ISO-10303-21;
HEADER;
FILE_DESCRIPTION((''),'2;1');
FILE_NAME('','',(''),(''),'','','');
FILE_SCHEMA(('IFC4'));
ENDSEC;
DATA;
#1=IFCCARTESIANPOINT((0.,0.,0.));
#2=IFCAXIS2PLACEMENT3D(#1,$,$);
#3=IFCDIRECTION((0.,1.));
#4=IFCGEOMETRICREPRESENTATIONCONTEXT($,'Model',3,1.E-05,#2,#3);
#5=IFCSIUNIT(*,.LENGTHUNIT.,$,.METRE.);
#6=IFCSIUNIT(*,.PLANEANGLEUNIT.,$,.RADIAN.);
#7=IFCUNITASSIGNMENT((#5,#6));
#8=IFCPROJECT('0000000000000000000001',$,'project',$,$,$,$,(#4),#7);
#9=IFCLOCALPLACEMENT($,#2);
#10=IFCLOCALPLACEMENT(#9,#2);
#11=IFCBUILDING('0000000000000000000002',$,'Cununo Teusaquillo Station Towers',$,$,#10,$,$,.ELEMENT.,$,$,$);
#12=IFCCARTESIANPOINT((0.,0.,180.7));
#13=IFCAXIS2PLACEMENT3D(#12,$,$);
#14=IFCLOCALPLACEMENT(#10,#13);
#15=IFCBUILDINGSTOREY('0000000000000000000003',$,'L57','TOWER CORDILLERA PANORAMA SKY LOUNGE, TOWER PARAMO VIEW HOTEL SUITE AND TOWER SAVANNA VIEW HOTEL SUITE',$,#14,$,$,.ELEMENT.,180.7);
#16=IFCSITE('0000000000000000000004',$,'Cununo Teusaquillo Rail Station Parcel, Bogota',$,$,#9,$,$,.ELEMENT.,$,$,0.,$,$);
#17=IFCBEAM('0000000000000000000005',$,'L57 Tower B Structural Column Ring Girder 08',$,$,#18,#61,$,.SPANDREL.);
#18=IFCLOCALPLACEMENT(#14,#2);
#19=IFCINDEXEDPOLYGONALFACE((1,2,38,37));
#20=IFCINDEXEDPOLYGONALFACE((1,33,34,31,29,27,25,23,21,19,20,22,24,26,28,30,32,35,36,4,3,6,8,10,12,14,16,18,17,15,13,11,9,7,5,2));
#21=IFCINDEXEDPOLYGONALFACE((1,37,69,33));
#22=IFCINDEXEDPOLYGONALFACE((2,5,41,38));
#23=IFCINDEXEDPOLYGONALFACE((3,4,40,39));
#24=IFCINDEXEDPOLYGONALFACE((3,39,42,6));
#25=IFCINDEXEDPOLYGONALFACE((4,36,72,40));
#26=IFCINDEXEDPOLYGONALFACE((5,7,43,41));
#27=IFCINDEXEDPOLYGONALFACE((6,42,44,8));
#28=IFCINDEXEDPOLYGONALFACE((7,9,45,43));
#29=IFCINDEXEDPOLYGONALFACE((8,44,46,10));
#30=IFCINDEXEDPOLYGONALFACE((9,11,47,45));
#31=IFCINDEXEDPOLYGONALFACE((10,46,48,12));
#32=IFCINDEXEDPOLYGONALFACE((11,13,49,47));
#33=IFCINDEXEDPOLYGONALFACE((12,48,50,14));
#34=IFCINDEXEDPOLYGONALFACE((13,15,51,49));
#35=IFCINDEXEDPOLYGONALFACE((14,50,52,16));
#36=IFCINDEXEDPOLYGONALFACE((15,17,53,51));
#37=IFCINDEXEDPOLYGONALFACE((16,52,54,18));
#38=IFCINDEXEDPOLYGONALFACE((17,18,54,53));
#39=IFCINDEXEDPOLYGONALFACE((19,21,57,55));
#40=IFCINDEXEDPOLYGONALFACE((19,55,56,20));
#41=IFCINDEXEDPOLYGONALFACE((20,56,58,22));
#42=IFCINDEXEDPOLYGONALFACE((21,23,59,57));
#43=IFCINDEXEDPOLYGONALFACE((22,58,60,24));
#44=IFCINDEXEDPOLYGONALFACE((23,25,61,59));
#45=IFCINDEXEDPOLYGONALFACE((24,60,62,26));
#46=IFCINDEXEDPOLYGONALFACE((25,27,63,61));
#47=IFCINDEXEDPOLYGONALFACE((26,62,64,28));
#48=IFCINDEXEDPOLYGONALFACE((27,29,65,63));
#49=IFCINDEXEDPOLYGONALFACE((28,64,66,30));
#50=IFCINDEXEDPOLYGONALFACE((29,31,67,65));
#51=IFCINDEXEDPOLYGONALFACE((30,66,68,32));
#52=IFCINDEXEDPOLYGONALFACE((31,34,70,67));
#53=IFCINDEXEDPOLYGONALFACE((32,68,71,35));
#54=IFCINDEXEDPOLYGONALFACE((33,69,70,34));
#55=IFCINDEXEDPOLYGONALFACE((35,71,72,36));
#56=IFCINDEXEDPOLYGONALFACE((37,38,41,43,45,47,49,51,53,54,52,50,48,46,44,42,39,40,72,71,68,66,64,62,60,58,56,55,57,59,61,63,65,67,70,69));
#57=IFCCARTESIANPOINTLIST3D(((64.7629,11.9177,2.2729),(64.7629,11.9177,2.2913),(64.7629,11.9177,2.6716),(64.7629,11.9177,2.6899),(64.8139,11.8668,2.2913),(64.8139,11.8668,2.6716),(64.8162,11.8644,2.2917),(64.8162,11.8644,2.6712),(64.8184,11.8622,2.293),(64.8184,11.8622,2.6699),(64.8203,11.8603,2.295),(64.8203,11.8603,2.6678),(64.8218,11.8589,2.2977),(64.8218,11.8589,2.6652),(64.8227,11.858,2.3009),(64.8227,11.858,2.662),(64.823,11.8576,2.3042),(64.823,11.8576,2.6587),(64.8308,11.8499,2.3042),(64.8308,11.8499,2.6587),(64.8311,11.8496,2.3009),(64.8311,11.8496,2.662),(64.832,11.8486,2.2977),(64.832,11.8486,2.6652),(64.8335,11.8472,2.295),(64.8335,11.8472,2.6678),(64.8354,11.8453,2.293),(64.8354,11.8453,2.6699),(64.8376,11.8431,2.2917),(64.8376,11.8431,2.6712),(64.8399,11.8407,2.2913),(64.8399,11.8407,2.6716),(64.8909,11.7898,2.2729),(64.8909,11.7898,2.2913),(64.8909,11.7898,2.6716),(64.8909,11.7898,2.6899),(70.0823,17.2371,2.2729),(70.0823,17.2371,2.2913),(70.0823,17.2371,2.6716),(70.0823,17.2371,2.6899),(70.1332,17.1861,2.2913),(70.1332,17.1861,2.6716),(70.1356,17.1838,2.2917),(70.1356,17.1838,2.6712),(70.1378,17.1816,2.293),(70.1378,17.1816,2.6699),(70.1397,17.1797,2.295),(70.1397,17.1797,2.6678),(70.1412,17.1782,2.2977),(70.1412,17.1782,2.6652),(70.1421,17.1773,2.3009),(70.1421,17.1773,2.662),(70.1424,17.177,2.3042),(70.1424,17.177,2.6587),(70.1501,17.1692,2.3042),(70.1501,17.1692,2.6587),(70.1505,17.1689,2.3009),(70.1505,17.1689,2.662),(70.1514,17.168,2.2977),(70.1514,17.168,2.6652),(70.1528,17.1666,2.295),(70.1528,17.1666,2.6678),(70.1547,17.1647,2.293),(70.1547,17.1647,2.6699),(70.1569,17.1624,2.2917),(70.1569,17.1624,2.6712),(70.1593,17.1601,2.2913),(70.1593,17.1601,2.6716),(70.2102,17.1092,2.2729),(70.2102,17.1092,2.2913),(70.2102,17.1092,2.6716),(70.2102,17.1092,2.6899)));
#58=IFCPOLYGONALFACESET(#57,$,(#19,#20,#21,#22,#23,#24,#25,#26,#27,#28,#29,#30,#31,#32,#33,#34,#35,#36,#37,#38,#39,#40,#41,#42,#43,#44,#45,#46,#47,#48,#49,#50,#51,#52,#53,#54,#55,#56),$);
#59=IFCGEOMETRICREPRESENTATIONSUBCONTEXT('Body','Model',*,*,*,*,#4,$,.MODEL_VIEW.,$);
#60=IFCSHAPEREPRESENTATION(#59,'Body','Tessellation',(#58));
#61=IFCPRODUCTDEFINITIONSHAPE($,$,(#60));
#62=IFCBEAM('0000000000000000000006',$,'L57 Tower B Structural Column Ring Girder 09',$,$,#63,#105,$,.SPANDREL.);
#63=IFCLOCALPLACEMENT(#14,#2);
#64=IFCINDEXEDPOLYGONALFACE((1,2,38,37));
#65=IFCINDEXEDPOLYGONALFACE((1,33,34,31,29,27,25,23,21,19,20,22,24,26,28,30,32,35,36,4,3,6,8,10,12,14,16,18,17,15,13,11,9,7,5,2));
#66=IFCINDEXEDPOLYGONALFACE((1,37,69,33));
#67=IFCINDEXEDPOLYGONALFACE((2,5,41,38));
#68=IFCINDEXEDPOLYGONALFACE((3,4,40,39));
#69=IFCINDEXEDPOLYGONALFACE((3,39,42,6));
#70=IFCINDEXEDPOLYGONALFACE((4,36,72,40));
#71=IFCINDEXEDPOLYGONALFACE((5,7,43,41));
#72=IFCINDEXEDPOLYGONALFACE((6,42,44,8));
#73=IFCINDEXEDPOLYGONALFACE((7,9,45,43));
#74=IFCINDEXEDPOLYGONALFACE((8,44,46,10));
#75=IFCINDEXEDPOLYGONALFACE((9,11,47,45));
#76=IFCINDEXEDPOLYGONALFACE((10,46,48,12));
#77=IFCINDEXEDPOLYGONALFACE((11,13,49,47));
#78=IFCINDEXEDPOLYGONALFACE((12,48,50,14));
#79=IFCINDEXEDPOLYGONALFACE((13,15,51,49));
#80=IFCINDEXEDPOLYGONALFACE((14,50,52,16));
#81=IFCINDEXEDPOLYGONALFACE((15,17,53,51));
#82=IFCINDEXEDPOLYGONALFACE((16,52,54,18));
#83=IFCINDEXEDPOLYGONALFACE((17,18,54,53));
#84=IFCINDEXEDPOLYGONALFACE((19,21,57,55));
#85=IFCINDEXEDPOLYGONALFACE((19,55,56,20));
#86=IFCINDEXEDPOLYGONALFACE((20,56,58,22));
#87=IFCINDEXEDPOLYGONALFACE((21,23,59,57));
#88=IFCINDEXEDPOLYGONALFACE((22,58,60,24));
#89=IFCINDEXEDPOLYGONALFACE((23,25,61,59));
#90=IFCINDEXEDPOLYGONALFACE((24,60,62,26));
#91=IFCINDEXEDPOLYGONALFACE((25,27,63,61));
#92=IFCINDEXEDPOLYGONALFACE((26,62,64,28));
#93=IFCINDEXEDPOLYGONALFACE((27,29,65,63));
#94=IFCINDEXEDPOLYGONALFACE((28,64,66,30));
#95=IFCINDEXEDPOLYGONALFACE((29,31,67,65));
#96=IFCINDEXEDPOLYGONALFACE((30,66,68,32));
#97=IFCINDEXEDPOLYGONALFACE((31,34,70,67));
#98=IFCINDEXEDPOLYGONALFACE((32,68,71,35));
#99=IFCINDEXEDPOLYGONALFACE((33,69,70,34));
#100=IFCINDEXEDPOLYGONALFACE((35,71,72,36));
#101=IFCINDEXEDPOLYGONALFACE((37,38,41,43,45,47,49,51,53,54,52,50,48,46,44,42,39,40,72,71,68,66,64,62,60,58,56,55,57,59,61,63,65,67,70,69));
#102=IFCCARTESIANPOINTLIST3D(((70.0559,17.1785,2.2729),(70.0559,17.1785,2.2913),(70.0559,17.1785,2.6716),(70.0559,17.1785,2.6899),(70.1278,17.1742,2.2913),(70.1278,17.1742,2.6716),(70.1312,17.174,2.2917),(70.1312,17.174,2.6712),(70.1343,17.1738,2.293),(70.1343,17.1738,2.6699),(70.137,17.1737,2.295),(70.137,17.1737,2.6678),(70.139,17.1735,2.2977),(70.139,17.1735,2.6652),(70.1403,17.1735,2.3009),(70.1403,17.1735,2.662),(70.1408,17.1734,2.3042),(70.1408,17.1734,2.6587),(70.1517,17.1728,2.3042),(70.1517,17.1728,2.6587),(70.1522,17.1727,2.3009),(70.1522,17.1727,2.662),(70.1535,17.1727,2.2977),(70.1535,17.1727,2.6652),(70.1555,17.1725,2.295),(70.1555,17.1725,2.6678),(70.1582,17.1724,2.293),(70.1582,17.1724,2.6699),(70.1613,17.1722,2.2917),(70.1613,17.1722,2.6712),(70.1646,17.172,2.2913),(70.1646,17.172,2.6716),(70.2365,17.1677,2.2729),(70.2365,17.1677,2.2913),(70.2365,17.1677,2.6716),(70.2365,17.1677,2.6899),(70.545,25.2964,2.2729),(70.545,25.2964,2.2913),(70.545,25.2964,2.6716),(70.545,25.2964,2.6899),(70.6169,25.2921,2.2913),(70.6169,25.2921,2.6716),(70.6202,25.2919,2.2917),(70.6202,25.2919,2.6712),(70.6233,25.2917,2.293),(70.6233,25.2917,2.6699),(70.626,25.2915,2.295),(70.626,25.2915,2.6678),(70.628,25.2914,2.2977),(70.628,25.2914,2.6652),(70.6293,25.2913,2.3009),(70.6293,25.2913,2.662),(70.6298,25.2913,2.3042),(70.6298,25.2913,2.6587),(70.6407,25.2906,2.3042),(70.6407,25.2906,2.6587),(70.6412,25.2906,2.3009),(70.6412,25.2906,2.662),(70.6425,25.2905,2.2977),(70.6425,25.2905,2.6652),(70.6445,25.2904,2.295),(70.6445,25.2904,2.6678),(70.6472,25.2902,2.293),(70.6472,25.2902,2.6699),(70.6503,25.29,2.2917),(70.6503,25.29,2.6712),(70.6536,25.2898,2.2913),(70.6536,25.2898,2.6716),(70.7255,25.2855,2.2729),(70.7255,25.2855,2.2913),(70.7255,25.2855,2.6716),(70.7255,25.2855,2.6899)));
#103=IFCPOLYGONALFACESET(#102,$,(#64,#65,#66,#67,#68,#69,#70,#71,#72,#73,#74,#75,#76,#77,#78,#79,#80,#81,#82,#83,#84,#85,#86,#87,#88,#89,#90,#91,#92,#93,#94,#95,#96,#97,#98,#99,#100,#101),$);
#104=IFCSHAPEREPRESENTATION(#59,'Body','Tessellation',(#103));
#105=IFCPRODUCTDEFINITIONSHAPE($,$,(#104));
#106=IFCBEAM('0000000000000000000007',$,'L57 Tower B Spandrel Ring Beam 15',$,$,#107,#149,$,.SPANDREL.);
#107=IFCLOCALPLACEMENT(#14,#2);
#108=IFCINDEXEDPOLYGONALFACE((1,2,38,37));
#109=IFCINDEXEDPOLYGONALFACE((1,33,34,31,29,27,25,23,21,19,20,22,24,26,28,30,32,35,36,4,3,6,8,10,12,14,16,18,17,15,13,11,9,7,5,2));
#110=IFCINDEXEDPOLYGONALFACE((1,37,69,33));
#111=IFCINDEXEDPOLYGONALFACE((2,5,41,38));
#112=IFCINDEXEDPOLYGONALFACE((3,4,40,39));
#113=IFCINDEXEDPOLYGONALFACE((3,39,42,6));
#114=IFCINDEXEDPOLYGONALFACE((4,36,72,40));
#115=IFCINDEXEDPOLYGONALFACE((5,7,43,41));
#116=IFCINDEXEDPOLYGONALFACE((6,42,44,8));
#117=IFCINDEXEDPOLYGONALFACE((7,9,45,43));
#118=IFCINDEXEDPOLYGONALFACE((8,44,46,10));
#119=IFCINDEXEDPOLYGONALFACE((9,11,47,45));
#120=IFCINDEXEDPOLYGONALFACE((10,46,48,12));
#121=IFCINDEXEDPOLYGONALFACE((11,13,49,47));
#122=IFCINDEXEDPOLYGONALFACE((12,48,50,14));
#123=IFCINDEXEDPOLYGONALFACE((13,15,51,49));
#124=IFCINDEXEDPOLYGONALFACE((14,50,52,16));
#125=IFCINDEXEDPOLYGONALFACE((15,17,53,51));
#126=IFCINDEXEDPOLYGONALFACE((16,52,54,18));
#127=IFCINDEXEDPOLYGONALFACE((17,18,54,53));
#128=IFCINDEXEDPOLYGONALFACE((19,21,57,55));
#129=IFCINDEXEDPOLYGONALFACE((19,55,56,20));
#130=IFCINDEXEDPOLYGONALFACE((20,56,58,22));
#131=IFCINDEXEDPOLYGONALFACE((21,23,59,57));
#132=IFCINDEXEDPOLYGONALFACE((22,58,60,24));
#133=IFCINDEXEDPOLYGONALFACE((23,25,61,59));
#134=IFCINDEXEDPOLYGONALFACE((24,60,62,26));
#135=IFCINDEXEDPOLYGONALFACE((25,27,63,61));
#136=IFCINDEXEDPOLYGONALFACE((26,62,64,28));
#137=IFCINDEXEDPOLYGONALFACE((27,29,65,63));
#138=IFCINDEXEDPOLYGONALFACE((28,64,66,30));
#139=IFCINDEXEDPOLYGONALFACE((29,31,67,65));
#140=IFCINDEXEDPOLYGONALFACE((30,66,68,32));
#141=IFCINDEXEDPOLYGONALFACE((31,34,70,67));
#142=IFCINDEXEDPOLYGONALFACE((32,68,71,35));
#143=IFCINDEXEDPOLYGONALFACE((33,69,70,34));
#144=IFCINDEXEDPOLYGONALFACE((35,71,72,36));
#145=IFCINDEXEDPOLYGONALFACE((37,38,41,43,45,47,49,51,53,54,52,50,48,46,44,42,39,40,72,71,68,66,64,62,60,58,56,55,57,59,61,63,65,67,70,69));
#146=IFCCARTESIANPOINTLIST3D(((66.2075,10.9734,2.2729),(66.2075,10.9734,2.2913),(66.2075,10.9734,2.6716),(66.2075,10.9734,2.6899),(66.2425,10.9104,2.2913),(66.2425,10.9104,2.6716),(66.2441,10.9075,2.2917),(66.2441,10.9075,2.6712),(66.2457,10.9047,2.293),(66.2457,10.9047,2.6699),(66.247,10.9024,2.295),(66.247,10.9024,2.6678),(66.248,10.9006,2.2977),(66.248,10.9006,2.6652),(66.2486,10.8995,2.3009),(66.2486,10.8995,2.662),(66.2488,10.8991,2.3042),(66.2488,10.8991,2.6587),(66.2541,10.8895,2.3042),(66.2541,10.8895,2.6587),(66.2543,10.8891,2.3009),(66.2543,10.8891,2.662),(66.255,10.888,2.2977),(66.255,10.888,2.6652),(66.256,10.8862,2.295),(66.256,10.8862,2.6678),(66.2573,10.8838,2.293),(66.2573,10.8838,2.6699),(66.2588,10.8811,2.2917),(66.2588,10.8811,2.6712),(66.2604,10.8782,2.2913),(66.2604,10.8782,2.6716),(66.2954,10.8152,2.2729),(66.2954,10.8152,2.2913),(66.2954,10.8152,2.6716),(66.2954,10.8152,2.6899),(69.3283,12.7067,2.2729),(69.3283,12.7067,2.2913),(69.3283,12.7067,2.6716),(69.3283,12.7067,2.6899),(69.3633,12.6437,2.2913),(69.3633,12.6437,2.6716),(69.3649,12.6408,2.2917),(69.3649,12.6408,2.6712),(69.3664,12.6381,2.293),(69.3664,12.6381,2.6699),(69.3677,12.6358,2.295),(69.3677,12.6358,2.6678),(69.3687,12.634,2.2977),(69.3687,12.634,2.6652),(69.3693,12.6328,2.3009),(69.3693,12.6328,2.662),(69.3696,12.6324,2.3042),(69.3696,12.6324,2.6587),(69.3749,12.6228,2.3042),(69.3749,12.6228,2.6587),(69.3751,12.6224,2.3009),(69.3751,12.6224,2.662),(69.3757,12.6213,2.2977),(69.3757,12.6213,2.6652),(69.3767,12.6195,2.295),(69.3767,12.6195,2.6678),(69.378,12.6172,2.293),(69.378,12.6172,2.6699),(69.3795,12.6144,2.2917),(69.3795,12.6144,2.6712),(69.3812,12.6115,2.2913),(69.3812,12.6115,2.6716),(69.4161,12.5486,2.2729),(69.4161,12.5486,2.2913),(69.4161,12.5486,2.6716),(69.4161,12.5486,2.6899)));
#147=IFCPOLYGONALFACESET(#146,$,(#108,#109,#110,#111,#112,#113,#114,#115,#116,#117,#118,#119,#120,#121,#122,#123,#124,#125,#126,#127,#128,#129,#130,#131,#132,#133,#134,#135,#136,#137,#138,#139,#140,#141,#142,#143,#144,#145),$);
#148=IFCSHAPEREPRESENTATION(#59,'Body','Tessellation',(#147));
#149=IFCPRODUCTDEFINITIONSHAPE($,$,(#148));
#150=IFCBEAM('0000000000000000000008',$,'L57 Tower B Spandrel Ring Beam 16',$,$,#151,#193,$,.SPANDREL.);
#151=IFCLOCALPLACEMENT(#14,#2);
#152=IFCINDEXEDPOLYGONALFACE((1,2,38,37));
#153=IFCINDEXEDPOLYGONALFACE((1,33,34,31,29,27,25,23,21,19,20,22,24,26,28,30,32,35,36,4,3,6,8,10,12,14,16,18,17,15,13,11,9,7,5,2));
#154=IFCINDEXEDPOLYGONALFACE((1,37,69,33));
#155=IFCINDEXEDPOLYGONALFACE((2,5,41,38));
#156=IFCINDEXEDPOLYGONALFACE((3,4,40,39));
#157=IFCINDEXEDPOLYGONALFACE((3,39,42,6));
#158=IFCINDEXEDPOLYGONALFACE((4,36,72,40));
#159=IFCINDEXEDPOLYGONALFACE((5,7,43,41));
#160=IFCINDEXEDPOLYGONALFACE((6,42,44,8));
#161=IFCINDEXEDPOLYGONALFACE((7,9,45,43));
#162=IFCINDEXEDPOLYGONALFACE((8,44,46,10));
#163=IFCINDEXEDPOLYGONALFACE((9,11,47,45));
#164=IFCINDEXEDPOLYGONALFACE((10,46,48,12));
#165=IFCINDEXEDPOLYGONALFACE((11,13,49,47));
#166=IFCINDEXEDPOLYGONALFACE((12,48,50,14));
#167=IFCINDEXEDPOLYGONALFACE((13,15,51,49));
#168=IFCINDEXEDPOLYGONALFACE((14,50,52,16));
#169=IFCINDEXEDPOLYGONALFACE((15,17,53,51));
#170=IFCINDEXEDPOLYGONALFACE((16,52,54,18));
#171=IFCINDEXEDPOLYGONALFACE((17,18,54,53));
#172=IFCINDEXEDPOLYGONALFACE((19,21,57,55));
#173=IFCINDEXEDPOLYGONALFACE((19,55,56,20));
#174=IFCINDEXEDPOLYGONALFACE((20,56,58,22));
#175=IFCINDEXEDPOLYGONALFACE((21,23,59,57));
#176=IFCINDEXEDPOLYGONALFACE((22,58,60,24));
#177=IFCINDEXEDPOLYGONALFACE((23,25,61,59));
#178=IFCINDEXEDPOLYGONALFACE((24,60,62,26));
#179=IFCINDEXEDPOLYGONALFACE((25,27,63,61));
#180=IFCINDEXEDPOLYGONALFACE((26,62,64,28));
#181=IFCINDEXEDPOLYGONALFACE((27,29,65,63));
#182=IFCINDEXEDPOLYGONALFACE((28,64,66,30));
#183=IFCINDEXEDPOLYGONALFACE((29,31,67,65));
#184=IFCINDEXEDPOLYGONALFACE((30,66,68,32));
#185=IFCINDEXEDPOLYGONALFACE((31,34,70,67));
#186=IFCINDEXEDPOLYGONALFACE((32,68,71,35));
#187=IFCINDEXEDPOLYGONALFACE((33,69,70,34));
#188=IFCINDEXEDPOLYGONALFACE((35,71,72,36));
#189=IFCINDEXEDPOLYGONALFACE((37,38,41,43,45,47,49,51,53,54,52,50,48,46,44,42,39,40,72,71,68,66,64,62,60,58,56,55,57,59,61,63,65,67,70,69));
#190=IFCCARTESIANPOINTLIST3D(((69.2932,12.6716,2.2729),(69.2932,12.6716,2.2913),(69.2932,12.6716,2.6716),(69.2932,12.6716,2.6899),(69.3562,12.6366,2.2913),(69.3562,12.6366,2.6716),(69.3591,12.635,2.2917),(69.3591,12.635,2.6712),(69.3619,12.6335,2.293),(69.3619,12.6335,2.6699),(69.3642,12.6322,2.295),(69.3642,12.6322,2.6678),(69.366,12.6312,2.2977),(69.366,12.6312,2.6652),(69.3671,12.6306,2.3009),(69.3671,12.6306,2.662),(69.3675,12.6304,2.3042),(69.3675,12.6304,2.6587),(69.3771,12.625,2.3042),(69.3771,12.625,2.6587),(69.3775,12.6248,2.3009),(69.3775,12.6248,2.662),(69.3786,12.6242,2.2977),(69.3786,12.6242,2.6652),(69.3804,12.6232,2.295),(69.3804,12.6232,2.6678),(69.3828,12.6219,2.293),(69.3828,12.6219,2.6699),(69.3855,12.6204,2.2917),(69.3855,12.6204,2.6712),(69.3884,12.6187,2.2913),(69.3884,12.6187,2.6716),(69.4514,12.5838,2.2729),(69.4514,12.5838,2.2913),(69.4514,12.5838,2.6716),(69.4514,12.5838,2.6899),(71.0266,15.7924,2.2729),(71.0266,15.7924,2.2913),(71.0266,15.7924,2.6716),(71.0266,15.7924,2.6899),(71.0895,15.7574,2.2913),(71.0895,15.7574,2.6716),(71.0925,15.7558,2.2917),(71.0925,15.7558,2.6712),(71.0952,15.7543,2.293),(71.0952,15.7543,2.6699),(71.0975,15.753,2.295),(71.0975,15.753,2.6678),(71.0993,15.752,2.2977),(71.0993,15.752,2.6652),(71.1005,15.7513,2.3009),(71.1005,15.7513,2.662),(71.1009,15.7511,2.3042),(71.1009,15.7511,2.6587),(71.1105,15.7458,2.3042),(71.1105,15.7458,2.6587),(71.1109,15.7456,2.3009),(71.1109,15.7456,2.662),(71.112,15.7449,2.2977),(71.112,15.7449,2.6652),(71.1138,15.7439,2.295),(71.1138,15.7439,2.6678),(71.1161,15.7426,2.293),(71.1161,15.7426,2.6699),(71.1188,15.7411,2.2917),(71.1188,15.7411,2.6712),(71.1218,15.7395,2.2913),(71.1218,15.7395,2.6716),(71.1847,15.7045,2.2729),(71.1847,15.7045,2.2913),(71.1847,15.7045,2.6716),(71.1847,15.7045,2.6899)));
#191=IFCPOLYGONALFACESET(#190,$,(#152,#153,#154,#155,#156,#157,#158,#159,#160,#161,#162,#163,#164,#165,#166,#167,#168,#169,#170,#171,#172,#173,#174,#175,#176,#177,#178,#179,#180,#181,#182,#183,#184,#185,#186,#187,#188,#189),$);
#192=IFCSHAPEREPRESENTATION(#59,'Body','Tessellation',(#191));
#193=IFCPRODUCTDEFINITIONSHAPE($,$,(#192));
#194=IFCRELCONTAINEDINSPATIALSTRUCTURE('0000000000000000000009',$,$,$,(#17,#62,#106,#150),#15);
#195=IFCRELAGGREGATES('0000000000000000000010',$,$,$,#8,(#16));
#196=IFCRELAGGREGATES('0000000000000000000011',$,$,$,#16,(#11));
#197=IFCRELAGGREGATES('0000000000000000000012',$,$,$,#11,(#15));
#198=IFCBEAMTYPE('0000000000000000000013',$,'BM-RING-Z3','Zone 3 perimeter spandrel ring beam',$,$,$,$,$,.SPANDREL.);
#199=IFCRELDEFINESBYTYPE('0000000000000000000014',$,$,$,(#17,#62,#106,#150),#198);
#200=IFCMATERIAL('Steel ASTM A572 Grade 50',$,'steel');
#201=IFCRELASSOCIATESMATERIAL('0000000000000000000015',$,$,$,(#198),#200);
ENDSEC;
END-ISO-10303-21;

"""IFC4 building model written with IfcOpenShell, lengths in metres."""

from ifc_helpers import new_model, si_unit, direction, frame, origin, origin_2d, place, context, subcontext, project, spatial, i_section, extrude, material, material_profile, profile_set, type_object, element, save


model = new_model("IFC4")

# Units and contexts
model_context = context("Model", 3, precision=1e-05, world=origin(), true_north=direction((0.0, 1.0)))
body_context = subcontext(model_context, "Body", "Model", "MODEL_VIEW")
ifc_project = project(units=[si_unit("LENGTHUNIT", "METRE"), si_unit("PLANEANGLEUNIT", "RADIAN")], contexts=[model_context])

# Site, building, storey
site_placement = place(None, origin())
site = spatial("IfcSite", under=ifc_project, at=site_placement, Name="Cununo Teusaquillo Rail Station Parcel, Bogota", CompositionType="ELEMENT", RefElevation=0.0)
building_placement = place(site_placement, origin())
building = spatial("IfcBuilding", under=site, at=building_placement, Name="Cununo Teusaquillo Station Towers", CompositionType="ELEMENT")
storey_placement = place(building_placement, frame((0.0, 0.0, 180.7)))
storey = spatial("IfcBuildingStorey", under=building, at=storey_placement, Name="L57", Description="TOWER CORDILLERA PANORAMA SKY LOUNGE, TOWER PARAMO VIEW HOTEL SUITE AND TOWER SAVANNA VIEW HOTEL SUITE", CompositionType="ELEMENT", Elevation=180.7)

# Beams
ifc_material_1 = material(Name="Steel ASTM A572 Grade 50", Category="steel")
ifc_material_profile_1 = material_profile(ifc_material_1, i_section(OverallWidth=0.1809, OverallDepth=0.417, WebThickness=0.011, FlangeThickness=0.0183, FilletRadius=0.0129, at=origin_2d()), Name="W16X57")
ifc_profile_set_1 = profile_set([ifc_material_profile_1], Name="Steel ASTM A572 Grade 50")
beam_type_1 = type_object("IfcBeamType", Name="BM-RING-Z3", Description="Zone 3 perimeter spandrel ring beam", PredefinedType="SPANDREL", material=ifc_profile_set_1)
beam_1_placement = place(storey_placement, frame((64.8269, 11.8538, 2.4814), z_axis=(0.707107, 0.707107, 0.0), x_axis=(-0.707107, 0.707107, 0.0)))
element("IfcBeam", 1, at=beam_1_placement, inside=storey, type_object=beam_type_1, Name="L57 Tower B Structural Column Ring Girder 08", PredefinedType="SPANDREL", context=body_context, shape_type="SweptSolid", body=[
    extrude(i_section(OverallWidth=0.1809, OverallDepth=0.417, WebThickness=0.011, FlangeThickness=0.0183, FilletRadius=0.0129, at=origin_2d()), origin(), (0.0, 0.0, 1.0), 7.5227),
])
beam_2_placement = place(storey_placement, frame((70.1462, 17.1731, 2.4814), z_axis=(0.06013, 0.998191, 0.0), x_axis=(-0.998191, 0.06013, 0.0)))
element("IfcBeam", 2, at=beam_2_placement, inside=storey, type_object=beam_type_1, Name="L57 Tower B Structural Column Ring Girder 09", PredefinedType="SPANDREL", context=body_context, shape_type="SweptSolid", body=[
    extrude(i_section(OverallWidth=0.1809, OverallDepth=0.417, WebThickness=0.011, FlangeThickness=0.0183, FilletRadius=0.0129, at=origin_2d()), origin(), (0.0, 0.0, 1.0), 8.1326),
])
for number, where, z_axis, x_axis, name in (
    (3, (66.2515, 10.8943, 2.4814), (0.874206, 0.485556, 0.0), (-0.485556, 0.874206, 0.0), "L57 Tower B Spandrel Ring Beam 15"),
    (4, (69.3723, 12.6277, 2.4814), (0.485556, 0.874206, 0.0), (-0.874206, 0.485556, 0.0), "L57 Tower B Spandrel Ring Beam 16"),
):
    element("IfcBeam", number, at=place(storey_placement, frame(where, z_axis=z_axis, x_axis=x_axis)), inside=storey, type_object=beam_type_1, Name=name, PredefinedType="SPANDREL", context=body_context, shape_type="SweptSolid", body=[
        extrude(i_section(OverallWidth=0.1809, OverallDepth=0.417, WebThickness=0.011, FlangeThickness=0.0183, FilletRadius=0.0129, at=origin_2d()), origin(), (0.0, 0.0, 1.0), 3.5698),
    ])

save(model, "model.ifc")
